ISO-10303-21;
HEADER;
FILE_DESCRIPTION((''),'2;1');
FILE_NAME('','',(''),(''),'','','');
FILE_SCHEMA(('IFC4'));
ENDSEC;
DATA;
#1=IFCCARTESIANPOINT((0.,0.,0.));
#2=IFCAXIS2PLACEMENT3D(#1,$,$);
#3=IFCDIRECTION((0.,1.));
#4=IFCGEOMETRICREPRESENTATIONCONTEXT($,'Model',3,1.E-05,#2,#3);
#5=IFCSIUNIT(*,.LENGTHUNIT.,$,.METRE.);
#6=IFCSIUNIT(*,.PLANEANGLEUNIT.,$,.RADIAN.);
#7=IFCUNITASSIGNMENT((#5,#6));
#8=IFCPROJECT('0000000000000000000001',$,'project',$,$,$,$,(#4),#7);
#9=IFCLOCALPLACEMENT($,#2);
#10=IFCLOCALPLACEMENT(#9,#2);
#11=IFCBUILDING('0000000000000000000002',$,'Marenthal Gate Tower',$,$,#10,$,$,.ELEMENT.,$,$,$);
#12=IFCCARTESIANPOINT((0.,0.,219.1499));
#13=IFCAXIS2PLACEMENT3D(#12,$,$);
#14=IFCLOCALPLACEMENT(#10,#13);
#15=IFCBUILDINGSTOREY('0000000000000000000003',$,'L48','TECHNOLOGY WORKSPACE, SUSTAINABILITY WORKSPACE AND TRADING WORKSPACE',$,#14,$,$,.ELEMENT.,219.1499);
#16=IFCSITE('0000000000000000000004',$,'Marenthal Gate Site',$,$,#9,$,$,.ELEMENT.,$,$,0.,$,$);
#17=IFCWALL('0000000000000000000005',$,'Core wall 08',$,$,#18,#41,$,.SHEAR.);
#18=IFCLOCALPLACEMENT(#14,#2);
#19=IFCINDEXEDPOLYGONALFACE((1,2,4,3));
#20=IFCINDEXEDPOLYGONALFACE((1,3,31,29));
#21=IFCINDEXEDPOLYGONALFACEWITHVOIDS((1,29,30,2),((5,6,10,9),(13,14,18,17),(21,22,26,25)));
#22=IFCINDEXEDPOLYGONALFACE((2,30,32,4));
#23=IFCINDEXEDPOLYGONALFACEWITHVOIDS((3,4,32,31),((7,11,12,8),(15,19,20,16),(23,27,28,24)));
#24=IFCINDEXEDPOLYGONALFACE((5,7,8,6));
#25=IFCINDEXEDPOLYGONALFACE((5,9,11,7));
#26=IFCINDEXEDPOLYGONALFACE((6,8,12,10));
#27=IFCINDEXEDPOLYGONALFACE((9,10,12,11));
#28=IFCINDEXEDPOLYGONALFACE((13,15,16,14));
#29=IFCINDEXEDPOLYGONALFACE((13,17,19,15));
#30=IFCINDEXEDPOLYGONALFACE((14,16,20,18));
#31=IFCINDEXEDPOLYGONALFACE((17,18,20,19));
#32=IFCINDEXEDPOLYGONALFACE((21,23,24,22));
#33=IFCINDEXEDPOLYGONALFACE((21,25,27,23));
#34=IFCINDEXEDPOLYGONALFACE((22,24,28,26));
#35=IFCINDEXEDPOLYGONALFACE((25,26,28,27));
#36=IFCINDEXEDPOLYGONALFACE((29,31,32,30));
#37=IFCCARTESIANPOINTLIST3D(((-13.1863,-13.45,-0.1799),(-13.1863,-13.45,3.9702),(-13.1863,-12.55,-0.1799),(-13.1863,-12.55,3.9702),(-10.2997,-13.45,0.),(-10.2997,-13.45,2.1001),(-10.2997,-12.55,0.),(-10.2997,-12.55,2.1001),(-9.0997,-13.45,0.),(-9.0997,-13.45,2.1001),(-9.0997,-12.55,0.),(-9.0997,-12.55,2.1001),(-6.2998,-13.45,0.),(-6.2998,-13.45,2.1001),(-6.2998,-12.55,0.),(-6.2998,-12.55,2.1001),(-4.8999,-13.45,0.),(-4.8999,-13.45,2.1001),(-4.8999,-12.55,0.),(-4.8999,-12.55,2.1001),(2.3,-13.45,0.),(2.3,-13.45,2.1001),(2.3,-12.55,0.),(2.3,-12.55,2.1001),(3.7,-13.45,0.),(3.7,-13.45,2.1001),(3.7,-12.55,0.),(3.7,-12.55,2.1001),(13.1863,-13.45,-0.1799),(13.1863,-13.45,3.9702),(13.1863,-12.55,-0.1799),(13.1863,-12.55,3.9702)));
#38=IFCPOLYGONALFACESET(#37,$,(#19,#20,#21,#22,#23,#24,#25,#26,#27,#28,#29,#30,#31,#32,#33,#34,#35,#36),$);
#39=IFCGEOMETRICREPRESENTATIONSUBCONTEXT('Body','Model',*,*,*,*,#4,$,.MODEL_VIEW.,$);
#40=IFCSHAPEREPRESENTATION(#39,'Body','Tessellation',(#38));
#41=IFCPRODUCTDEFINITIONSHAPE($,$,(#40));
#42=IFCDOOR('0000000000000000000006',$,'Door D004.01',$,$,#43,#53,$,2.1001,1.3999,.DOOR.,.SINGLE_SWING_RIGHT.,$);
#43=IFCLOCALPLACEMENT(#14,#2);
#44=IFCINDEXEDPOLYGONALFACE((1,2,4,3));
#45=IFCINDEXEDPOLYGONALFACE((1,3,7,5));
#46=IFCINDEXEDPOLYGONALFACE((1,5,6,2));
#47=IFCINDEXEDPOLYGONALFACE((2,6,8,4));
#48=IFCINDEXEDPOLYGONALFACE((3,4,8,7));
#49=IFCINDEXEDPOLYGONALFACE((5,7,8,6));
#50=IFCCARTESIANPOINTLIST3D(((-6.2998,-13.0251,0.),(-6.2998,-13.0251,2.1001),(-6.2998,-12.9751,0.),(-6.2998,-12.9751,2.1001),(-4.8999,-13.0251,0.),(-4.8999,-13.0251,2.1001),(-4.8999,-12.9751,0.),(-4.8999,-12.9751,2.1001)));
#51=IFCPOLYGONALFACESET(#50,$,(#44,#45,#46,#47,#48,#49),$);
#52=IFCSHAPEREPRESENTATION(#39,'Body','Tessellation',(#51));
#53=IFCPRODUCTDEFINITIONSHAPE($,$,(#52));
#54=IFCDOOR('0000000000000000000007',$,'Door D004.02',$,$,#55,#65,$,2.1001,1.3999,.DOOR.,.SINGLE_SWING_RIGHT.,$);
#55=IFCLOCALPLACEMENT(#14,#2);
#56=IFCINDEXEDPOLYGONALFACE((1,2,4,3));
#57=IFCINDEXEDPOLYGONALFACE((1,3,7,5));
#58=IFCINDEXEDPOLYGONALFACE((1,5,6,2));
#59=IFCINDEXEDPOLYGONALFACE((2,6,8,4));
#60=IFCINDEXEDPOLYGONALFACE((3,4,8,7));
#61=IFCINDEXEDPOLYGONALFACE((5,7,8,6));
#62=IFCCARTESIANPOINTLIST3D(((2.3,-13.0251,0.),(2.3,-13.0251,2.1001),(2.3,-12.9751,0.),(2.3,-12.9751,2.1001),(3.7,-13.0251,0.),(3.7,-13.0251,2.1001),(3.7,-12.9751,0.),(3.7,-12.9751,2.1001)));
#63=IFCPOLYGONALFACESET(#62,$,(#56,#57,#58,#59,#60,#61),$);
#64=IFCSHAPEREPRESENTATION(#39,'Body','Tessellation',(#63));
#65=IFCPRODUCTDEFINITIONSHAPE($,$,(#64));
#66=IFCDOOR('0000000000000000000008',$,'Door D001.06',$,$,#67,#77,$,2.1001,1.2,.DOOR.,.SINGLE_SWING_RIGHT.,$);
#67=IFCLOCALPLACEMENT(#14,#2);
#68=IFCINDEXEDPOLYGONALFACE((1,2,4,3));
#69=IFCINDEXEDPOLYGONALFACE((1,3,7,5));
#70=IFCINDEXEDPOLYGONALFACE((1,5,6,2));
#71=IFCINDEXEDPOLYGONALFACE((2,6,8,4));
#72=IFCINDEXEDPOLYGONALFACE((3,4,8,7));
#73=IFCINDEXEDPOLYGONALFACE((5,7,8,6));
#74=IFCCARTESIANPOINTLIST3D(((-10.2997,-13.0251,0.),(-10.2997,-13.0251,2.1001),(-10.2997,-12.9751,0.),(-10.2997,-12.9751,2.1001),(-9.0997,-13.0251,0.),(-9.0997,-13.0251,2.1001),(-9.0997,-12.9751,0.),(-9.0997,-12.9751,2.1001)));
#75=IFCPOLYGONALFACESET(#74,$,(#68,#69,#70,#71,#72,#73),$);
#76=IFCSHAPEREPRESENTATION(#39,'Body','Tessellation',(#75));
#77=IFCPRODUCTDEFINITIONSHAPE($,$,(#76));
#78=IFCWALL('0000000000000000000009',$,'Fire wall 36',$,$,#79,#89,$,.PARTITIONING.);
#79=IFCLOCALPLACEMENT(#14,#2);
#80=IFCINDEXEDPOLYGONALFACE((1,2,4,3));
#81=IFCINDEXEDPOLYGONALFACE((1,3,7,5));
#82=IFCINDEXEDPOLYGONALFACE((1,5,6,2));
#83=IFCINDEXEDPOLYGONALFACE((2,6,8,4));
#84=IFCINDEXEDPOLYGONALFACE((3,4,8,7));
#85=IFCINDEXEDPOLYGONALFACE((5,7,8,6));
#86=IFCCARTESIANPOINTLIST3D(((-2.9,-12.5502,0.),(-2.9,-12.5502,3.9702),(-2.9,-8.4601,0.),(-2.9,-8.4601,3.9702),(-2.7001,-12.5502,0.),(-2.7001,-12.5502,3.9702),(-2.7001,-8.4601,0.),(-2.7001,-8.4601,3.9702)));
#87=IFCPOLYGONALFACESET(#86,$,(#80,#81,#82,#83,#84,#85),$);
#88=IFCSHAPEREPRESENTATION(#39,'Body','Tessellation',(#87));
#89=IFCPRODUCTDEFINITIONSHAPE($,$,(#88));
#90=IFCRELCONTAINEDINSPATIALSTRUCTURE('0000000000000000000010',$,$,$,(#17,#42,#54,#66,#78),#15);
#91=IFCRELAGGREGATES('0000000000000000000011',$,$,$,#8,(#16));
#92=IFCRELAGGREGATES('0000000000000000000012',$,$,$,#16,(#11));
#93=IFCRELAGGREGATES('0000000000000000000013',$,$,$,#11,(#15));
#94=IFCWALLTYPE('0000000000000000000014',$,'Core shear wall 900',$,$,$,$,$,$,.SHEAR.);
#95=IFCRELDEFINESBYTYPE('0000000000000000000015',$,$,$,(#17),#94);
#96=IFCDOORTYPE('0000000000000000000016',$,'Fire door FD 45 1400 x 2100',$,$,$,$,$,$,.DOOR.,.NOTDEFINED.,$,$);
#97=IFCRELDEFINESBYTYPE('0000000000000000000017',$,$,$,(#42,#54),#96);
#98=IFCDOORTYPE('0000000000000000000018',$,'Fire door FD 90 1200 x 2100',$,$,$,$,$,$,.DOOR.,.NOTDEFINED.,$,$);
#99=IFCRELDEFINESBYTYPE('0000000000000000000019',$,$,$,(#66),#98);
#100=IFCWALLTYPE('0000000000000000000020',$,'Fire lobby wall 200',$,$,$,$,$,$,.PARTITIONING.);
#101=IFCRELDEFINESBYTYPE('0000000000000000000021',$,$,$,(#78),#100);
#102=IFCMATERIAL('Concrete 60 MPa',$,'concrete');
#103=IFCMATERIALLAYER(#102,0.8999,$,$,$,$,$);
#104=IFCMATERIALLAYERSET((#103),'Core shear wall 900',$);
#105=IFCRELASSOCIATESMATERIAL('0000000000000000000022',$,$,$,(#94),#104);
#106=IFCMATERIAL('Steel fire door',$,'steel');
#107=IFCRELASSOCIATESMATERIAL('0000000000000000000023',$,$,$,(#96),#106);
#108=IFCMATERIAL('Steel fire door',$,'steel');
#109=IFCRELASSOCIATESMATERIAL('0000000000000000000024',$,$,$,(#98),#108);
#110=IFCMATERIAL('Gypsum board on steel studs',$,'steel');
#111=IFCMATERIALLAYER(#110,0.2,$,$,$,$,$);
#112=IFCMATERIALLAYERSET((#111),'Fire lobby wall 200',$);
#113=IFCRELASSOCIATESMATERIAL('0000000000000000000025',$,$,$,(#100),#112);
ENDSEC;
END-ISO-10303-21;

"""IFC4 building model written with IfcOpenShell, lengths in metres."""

from ifc_helpers import new_model, si_unit, direction, frame, frame_2d, origin, place, context, subcontext, project, spatial, rectangle, extrude, material, layer, layer_set, type_object, element, fill, save


model = new_model("IFC4")

# Units and contexts
model_context = context("Model", 3, precision=1e-05, world=origin(), true_north=direction((0.0, 1.0)))
body_context = subcontext(model_context, "Body", "Model", "MODEL_VIEW")
ifc_project = project(units=[si_unit("LENGTHUNIT", "METRE"), si_unit("PLANEANGLEUNIT", "RADIAN")], contexts=[model_context])

# Site, building, storey
site_placement = place(None, origin())
site = spatial("IfcSite", under=ifc_project, at=site_placement, Name="Marenthal Gate Site", CompositionType="ELEMENT", RefElevation=0.0)
building_placement = place(site_placement, origin())
building = spatial("IfcBuilding", under=site, at=building_placement, Name="Marenthal Gate Tower", CompositionType="ELEMENT")
storey_placement = place(building_placement, frame((0.0, 0.0, 219.1499)))
storey = spatial("IfcBuildingStorey", under=building, at=storey_placement, Name="L48", Description="TECHNOLOGY WORKSPACE, SUSTAINABILITY WORKSPACE AND TRADING WORKSPACE", CompositionType="ELEMENT", Elevation=219.1499)

# Wall, openings, doors
ifc_material_1 = material(Name="Concrete 60 MPa", Category="concrete")
ifc_layer_1 = layer(ifc_material_1, 0.8999)
ifc_layer_set_1 = layer_set([ifc_layer_1], Name="Core shear wall 900")
wall_type_1 = type_object("IfcWallType", Name="Core shear wall 900", PredefinedType="SHEAR", material=ifc_layer_set_1)
wall_1_placement = place(storey_placement, frame((-13.1863, -13.0, -0.1799), z_axis=(0.0, 0.0, 1.0), x_axis=(1.0, 0.0, 0.0)))
wall_1 = element("IfcWall", 1, at=wall_1_placement, inside=storey, type_object=wall_type_1, Name="Core wall 08", PredefinedType="SHEAR", context=body_context, shape_type="SweptSolid", body=[
    extrude(rectangle(XDim=26.3726, YDim=0.8999, at=frame_2d((13.1863, 0.0))), origin(), (0.0, 0.0, 1.0), 4.1501),
])
opening_1_placement = place(wall_1_placement, frame((2.8865, 0.0, 0.1799)))
opening_1 = element("IfcOpeningElement", 2, at=opening_1_placement, cuts=wall_1, PredefinedType="OPENING", context=body_context, shape_type="SweptSolid", body=[
    extrude(rectangle(XDim=1.2, YDim=2.1001, at=frame_2d((0.6001, 1.05))), frame((0.0, 0.46, 0.0), z_axis=(0.0, -1.0, 0.0), x_axis=(1.0, 0.0, 0.0)), (0.0, 0.0, 1.0), 0.9199),
])
opening_2_placement = place(wall_1_placement, frame((6.8865, 0.0, 0.1799)))
opening_2 = element("IfcOpeningElement", 3, at=opening_2_placement, cuts=wall_1, PredefinedType="OPENING", context=body_context, shape_type="SweptSolid", body=[
    extrude(rectangle(XDim=1.3999, YDim=2.1001, at=frame_2d((0.7, 1.05))), frame((0.0, 0.46, 0.0), z_axis=(0.0, -1.0, 0.0), x_axis=(1.0, 0.0, 0.0)), (0.0, 0.0, 1.0), 0.9199),
])
opening_3_placement = place(wall_1_placement, frame((15.4863, 0.0, 0.1799)))
opening_3 = element("IfcOpeningElement", 4, at=opening_3_placement, cuts=wall_1, PredefinedType="OPENING", context=body_context, shape_type="SweptSolid", body=[
    extrude(rectangle(XDim=1.3999, YDim=2.1001, at=frame_2d((0.7, 1.05))), frame((0.0, 0.46, 0.0), z_axis=(0.0, -1.0, 0.0), x_axis=(1.0, 0.0, 0.0)), (0.0, 0.0, 1.0), 0.9199),
])
ifc_material_2 = material(Name="Steel fire door", Category="steel")
door_type_1 = type_object("IfcDoorType", Name="Fire door FD 45 1400 x 2100", OperationType="NOTDEFINED", PredefinedType="DOOR", material=ifc_material_2)
door_1_placement = place(opening_2_placement, origin())
door_1 = element("IfcDoor", 5, at=door_1_placement, inside=storey, type_object=door_type_1, Name="Door D004.01", OperationType="SINGLE_SWING_RIGHT", OverallHeight=2.1001, OverallWidth=1.3999, PredefinedType="DOOR", context=body_context, shape_type="SweptSolid", body=[
    extrude(rectangle(XDim=1.3999, YDim=2.1001, at=frame_2d((0.7, 1.05))), frame((0.0, 0.0249, 0.0), z_axis=(0.0, -1.0, 0.0), x_axis=(1.0, 0.0, 0.0)), (0.0, 0.0, 1.0), 0.05),
])
fill(opening_2, door_1)
door_2_placement = place(opening_3_placement, origin())
door_2 = element("IfcDoor", 6, at=door_2_placement, inside=storey, type_object=door_type_1, Name="Door D004.02", OperationType="SINGLE_SWING_RIGHT", OverallHeight=2.1001, OverallWidth=1.3999, PredefinedType="DOOR", context=body_context, shape_type="SweptSolid", body=[
    extrude(rectangle(XDim=1.3999, YDim=2.1001, at=frame_2d((0.7, 1.05))), frame((0.0, 0.0249, 0.0), z_axis=(0.0, -1.0, 0.0), x_axis=(1.0, 0.0, 0.0)), (0.0, 0.0, 1.0), 0.05),
])
fill(opening_3, door_2)
ifc_material_3 = material(Name="Steel fire door", Category="steel")
door_type_2 = type_object("IfcDoorType", Name="Fire door FD 90 1200 x 2100", OperationType="NOTDEFINED", PredefinedType="DOOR", material=ifc_material_3)
door_3_placement = place(opening_1_placement, origin())
door_3 = element("IfcDoor", 7, at=door_3_placement, inside=storey, type_object=door_type_2, Name="Door D001.06", OperationType="SINGLE_SWING_RIGHT", OverallHeight=2.1001, OverallWidth=1.2, PredefinedType="DOOR", context=body_context, shape_type="SweptSolid", body=[
    extrude(rectangle(XDim=1.2, YDim=2.1001, at=frame_2d((0.6001, 1.05))), frame((0.0, 0.0249, 0.0), z_axis=(0.0, -1.0, 0.0), x_axis=(1.0, 0.0, 0.0)), (0.0, 0.0, 1.0), 0.05),
])
fill(opening_1, door_3)

# Wall
ifc_material_4 = material(Name="Gypsum board on steel studs", Category="steel")
ifc_layer_2 = layer(ifc_material_4, 0.2)
ifc_layer_set_2 = layer_set([ifc_layer_2], Name="Fire lobby wall 200")
wall_type_2 = type_object("IfcWallType", Name="Fire lobby wall 200", PredefinedType="PARTITIONING", material=ifc_layer_set_2)
wall_2_placement = place(storey_placement, frame((-2.8, -12.55, 0.0), z_axis=(0.0, 0.0, 1.0), x_axis=(0.0, 1.0, 0.0)))
element("IfcWall", 8, at=wall_2_placement, inside=storey, type_object=wall_type_2, Name="Fire wall 36", PredefinedType="PARTITIONING", context=body_context, shape_type="SweptSolid", body=[
    extrude(rectangle(XDim=4.0901, YDim=0.2, at=frame_2d((2.0449, 0.0))), origin(), (0.0, 0.0, 1.0), 3.9702),
])

save(model, "model.ifc")
